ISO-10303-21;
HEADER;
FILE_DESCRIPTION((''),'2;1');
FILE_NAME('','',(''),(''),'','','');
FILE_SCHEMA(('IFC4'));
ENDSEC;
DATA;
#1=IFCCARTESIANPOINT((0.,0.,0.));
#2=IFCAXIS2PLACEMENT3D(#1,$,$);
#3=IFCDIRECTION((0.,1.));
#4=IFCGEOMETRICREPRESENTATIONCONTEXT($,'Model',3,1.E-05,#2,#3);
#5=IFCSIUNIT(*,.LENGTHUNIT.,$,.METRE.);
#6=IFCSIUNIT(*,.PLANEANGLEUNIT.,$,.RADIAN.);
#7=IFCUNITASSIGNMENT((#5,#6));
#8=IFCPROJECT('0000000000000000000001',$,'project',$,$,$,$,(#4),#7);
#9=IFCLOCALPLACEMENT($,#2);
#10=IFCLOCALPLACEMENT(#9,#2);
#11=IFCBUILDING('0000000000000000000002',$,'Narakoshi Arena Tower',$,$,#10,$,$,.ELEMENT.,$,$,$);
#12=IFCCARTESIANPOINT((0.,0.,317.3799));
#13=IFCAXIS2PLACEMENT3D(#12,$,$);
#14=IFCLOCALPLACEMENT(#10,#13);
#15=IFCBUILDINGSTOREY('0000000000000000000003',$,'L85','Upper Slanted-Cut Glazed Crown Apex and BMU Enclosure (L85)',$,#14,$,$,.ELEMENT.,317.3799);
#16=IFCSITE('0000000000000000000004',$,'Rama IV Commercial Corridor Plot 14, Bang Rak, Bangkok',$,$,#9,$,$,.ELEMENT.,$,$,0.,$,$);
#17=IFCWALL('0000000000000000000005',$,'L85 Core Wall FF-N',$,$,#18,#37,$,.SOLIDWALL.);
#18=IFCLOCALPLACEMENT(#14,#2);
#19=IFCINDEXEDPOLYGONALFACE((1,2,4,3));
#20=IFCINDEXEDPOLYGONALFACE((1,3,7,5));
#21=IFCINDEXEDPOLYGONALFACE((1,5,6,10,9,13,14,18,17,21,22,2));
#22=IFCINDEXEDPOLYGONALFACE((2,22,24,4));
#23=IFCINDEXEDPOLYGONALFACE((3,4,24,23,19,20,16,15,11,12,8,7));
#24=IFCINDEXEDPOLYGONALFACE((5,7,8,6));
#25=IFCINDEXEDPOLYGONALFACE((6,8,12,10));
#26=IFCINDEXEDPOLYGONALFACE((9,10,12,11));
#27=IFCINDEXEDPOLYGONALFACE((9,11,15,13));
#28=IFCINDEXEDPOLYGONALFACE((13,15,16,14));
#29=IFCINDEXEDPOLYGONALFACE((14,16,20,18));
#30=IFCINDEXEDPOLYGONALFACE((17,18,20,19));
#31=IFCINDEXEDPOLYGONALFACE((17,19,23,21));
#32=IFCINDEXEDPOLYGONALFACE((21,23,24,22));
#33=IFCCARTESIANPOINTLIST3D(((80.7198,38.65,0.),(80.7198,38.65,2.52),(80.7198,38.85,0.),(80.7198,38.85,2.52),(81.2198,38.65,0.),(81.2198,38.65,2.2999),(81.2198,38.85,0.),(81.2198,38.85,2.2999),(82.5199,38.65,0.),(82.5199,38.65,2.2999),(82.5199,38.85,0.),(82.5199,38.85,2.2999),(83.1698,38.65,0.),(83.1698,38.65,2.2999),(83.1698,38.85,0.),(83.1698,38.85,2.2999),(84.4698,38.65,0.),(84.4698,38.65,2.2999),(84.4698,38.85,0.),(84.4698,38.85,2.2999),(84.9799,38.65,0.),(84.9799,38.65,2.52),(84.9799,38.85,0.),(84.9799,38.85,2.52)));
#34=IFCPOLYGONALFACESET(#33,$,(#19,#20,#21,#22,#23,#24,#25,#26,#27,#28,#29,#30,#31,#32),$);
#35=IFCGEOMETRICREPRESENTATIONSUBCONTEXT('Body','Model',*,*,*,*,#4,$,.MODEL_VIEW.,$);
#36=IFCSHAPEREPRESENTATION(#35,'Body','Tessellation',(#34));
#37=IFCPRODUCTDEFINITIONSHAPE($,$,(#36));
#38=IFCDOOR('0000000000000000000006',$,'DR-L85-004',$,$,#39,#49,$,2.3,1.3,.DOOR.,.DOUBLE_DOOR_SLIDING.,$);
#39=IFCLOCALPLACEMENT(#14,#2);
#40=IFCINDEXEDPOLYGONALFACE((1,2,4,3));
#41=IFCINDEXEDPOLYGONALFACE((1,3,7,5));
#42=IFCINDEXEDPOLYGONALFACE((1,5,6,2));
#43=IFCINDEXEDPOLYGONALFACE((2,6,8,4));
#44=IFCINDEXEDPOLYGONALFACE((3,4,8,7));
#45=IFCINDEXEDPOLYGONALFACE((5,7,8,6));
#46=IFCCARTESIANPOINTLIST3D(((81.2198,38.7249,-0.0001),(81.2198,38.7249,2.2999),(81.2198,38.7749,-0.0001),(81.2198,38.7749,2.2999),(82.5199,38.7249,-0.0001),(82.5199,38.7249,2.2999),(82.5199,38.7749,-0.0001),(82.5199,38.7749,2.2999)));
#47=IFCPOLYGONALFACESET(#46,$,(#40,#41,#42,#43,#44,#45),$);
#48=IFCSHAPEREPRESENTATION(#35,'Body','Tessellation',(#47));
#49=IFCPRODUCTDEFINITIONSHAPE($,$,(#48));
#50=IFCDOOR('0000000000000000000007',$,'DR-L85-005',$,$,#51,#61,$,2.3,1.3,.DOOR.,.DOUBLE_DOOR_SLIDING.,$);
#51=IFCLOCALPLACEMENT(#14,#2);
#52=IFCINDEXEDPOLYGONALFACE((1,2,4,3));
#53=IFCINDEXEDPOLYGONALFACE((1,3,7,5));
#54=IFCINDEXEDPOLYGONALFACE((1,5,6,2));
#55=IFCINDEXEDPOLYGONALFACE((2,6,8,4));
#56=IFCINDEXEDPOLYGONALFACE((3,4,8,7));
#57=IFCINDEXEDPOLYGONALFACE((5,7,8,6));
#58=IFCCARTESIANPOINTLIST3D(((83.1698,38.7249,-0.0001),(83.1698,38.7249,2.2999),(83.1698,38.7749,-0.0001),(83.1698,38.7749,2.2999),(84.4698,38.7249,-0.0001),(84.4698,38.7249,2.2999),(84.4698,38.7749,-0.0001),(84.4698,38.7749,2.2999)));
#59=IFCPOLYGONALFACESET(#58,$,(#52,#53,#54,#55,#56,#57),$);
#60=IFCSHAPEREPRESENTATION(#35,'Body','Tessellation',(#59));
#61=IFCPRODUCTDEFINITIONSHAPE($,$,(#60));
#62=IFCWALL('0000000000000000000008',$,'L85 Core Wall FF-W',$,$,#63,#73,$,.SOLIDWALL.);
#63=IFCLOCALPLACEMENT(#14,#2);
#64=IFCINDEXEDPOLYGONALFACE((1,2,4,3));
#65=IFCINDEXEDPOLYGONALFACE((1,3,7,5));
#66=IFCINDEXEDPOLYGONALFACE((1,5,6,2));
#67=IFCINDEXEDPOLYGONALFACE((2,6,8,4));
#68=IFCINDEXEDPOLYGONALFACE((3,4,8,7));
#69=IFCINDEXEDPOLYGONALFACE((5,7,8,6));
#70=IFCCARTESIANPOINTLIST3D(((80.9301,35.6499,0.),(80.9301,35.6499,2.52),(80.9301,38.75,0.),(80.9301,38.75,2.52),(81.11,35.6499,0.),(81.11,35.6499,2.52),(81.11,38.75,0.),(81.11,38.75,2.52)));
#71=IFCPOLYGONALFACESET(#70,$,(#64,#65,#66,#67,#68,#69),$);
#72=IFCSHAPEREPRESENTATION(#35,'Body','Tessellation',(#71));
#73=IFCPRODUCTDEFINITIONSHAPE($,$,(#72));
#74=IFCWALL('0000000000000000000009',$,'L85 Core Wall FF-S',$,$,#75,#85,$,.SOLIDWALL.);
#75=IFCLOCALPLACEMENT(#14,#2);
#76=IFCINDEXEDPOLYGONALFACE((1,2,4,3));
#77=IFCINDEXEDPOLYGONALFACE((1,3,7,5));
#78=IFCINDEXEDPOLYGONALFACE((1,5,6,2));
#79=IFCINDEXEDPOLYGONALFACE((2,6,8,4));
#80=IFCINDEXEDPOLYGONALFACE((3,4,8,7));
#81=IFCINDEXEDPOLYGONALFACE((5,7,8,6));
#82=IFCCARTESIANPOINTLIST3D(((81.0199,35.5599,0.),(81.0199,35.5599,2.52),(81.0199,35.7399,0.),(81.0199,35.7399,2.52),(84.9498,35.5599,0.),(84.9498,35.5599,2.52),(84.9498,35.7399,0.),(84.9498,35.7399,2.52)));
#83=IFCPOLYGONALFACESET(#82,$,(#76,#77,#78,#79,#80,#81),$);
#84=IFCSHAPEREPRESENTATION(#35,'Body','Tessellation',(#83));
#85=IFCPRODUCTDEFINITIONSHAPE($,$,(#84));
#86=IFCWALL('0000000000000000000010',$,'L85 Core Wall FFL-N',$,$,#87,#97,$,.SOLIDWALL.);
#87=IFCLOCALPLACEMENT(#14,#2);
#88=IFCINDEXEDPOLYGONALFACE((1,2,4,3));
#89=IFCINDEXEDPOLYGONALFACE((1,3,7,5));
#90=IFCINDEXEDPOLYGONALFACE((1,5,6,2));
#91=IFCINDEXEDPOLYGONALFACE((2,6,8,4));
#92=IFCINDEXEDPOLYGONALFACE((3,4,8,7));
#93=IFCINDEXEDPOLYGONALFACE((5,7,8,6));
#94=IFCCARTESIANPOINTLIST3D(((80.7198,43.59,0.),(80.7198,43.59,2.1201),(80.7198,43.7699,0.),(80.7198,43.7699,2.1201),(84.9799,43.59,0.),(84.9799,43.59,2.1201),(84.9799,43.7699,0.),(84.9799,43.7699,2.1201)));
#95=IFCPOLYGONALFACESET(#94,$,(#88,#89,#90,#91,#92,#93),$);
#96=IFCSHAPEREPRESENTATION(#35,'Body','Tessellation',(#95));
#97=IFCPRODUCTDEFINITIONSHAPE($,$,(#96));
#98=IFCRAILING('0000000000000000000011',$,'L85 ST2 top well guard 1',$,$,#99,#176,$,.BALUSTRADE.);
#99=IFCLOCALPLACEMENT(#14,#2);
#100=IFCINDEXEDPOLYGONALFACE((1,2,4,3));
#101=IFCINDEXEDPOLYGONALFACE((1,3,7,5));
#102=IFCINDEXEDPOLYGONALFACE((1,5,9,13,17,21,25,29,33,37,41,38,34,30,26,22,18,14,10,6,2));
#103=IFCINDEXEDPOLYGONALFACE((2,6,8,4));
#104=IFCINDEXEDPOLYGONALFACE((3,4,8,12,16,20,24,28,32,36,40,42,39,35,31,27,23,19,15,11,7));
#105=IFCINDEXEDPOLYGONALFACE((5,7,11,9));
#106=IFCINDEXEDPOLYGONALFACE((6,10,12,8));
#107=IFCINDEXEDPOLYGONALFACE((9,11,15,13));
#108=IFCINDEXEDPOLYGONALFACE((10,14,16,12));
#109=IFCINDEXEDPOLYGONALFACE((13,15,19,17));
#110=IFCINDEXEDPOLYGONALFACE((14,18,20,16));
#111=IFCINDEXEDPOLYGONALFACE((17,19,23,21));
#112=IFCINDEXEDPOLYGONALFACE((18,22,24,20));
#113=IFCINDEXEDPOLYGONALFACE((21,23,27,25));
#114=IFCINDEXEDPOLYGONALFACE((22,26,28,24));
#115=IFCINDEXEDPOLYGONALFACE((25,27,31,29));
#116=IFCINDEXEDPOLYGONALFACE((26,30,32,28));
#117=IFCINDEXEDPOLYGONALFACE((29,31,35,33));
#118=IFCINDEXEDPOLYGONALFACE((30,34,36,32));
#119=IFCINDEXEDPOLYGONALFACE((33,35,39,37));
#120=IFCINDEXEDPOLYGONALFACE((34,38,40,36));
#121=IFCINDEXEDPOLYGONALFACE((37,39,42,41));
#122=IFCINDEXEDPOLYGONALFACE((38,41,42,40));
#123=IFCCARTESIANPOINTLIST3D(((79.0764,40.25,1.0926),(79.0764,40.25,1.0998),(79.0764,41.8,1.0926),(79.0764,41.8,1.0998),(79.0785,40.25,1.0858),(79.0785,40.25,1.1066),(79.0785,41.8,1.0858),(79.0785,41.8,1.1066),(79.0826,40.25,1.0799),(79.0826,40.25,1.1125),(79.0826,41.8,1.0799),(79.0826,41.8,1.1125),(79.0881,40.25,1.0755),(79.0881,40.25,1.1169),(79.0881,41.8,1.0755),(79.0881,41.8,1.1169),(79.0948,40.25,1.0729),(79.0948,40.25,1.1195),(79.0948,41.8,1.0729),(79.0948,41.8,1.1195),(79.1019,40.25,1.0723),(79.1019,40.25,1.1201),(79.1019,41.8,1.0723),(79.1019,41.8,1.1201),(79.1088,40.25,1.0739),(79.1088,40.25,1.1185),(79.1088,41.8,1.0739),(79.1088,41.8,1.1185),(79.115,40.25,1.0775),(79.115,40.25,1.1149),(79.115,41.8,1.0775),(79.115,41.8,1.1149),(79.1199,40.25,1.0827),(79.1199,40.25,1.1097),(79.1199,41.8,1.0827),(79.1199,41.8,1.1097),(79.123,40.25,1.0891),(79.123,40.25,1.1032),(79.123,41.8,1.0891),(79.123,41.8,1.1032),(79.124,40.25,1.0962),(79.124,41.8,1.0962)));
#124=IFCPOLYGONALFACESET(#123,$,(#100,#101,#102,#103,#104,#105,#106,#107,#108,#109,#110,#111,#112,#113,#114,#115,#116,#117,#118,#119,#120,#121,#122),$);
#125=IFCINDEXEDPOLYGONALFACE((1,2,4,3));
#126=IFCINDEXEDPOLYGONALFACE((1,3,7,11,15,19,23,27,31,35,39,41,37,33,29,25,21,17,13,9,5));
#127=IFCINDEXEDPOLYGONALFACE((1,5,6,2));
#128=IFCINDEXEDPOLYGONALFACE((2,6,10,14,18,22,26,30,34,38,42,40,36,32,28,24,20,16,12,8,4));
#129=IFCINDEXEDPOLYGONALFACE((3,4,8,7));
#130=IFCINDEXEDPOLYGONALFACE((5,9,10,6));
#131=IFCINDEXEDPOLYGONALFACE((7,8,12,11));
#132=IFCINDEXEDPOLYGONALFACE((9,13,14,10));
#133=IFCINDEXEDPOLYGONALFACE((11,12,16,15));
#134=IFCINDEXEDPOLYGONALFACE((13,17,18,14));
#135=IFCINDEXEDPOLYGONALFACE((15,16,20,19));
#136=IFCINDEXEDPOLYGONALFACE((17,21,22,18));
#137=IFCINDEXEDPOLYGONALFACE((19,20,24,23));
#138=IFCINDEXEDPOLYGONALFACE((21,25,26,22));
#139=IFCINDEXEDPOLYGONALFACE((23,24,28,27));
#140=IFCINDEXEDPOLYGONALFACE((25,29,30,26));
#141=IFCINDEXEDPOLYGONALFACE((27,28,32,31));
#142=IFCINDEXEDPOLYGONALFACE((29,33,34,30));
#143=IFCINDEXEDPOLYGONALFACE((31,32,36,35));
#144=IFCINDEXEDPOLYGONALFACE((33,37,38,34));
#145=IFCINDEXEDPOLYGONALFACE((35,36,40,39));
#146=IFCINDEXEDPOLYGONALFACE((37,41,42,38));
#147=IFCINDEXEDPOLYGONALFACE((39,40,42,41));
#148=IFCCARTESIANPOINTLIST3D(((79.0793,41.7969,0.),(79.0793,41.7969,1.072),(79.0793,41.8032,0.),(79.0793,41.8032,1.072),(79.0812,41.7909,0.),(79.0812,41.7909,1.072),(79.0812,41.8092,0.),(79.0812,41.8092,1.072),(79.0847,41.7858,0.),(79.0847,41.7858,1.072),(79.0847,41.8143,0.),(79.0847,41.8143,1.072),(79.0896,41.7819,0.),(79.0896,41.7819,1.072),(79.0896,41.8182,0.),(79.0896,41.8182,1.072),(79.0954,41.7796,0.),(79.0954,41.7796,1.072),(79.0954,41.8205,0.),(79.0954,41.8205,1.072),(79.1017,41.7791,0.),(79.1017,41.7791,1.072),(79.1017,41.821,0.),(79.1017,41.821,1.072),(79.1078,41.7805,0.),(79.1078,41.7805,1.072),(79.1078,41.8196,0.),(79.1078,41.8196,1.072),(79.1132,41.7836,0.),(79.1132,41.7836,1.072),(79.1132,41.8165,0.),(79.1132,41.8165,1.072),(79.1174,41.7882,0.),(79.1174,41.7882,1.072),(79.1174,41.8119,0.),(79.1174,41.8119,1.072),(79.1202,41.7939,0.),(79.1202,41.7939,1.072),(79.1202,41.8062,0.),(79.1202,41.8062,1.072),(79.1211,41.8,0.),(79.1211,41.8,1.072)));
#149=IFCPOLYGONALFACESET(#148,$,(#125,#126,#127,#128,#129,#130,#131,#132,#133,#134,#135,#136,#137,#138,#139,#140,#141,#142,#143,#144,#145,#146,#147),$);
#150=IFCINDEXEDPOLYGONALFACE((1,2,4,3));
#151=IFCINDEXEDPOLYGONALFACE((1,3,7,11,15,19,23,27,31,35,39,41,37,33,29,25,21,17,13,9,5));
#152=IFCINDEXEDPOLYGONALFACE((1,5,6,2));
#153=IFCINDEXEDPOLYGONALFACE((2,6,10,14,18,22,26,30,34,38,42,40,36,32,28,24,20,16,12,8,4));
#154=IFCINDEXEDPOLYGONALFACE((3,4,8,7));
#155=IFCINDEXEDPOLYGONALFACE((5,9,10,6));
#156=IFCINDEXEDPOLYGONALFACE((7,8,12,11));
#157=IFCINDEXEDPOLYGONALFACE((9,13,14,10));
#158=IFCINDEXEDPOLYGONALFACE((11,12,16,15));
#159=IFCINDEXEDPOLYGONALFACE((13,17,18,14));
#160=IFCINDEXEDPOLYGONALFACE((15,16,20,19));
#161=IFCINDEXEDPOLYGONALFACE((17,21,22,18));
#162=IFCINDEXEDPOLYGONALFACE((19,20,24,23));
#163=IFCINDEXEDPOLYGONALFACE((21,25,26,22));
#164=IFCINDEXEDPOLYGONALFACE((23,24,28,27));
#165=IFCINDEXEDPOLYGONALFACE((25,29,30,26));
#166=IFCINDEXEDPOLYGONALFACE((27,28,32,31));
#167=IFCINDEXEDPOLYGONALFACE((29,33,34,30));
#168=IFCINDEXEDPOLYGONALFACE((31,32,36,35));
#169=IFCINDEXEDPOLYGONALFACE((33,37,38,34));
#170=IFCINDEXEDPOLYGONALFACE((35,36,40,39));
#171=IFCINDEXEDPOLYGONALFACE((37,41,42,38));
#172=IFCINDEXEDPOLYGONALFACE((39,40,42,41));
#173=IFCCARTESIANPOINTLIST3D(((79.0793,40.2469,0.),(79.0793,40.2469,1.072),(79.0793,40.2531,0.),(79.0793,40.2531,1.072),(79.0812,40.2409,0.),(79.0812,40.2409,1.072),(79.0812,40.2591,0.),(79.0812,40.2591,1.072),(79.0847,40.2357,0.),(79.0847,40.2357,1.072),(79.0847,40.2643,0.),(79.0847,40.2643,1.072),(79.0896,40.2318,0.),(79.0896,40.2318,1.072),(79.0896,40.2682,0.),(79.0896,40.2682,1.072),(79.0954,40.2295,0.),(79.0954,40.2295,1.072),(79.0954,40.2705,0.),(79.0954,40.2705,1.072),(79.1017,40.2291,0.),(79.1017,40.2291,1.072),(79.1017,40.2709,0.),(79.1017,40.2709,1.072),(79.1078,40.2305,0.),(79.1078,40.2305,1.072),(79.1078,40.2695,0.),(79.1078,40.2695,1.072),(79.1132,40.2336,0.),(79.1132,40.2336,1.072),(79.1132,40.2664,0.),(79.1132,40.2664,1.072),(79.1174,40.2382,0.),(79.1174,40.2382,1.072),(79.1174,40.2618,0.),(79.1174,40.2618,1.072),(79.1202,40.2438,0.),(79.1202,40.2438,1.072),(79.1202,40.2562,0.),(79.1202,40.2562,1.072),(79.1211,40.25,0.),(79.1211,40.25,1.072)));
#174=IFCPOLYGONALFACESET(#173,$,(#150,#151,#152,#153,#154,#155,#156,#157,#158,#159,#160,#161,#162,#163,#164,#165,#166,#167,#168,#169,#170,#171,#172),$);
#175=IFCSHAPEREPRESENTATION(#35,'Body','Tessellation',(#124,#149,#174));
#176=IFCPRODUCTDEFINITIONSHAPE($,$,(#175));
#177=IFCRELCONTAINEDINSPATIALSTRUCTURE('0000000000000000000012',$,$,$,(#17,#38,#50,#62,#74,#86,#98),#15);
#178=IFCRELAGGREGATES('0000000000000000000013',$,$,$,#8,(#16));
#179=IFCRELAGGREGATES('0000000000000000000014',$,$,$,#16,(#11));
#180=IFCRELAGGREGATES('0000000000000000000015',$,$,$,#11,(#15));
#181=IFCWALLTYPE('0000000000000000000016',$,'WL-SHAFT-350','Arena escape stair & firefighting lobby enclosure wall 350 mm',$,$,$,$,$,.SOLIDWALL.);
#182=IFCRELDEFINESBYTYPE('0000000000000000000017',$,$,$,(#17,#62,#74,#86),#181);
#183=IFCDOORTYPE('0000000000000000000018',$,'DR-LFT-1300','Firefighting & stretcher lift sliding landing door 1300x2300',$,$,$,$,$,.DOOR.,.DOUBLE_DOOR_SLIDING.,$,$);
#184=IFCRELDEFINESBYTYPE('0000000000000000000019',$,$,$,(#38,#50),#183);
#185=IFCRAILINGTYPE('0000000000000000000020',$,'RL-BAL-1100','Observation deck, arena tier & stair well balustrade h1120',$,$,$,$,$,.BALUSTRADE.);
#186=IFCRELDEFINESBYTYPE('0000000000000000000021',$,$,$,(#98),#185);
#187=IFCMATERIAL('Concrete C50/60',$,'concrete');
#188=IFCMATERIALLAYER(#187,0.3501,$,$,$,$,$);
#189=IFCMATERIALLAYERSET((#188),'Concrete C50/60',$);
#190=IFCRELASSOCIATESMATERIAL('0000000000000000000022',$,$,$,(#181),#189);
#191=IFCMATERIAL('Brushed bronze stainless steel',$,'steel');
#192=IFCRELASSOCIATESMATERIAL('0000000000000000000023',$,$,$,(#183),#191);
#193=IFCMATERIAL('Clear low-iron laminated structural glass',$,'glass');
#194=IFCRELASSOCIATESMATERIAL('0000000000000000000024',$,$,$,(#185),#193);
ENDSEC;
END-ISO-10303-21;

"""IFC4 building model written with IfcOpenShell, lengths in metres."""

from ifc_helpers import new_model, si_unit, direction, frame, frame_2d, origin, origin_2d, place, context, subcontext, project, spatial, rectangle, circle, extrude, material, layer, layer_set, type_object, element, fill, save


model = new_model("IFC4")

# Units and contexts
model_context = context("Model", 3, precision=1e-05, world=origin(), true_north=direction((0.0, 1.0)))
body_context = subcontext(model_context, "Body", "Model", "MODEL_VIEW")
ifc_project = project(units=[si_unit("LENGTHUNIT", "METRE"), si_unit("PLANEANGLEUNIT", "RADIAN")], contexts=[model_context])

# Site, building, storey
site_placement = place(None, origin())
site = spatial("IfcSite", under=ifc_project, at=site_placement, Name="Rama IV Commercial Corridor Plot 14, Bang Rak, Bangkok", CompositionType="ELEMENT", RefElevation=0.0)
building_placement = place(site_placement, origin())
building = spatial("IfcBuilding", under=site, at=building_placement, Name="Narakoshi Arena Tower", CompositionType="ELEMENT")
storey_placement = place(building_placement, frame((0.0, 0.0, 317.3799)))
storey = spatial("IfcBuildingStorey", under=building, at=storey_placement, Name="L85", Description="Upper Slanted-Cut Glazed Crown Apex and BMU Enclosure (L85)", CompositionType="ELEMENT", Elevation=317.3799)

# Shared definitions
ifc_material_1 = material(Name="Clear low-iron laminated structural glass", Category="glass")

# Shared definitions
ifc_material_2 = material(Name="Concrete C50/60", Category="concrete")
ifc_layer_1 = layer(ifc_material_2, 0.3501)
ifc_layer_set_1 = layer_set([ifc_layer_1], Name="Concrete C50/60")
wall_type_1 = type_object("IfcWallType", Name="WL-SHAFT-350", Description="Arena escape stair & firefighting lobby enclosure wall 350 mm", PredefinedType="SOLIDWALL", material=ifc_layer_set_1)

# Wall, openings, doors
wall_1_placement = place(storey_placement, frame((80.72, 38.75, 0.0), z_axis=(0.0, 0.0, 1.0), x_axis=(1.0, 0.0, 0.0)))
wall_1 = element("IfcWall", 1, at=wall_1_placement, inside=storey, type_object=wall_type_1, Name="L85 Core Wall FF-N", PredefinedType="SOLIDWALL", context=body_context, shape_type="SweptSolid", body=[
    extrude(rectangle(XDim=4.26, YDim=0.2, at=frame_2d((2.1299, 0.0))), origin(), (0.0, 0.0, 1.0), 2.52),
])
opening_1_placement = place(wall_1_placement, frame((0.5, 0.0, 0.0)))
opening_1 = element("IfcOpeningElement", 2, at=opening_1_placement, cuts=wall_1, PredefinedType="OPENING", context=body_context, shape_type="SweptSolid", body=[
    extrude(rectangle(XDim=1.3, YDim=2.3, at=frame_2d((0.6499, 1.1499))), frame((0.0, 0.1099, 0.0), z_axis=(0.0, -1.0, 0.0), x_axis=(1.0, 0.0, 0.0)), (0.0, 0.0, 1.0), 0.22),
])
opening_2_placement = place(wall_1_placement, frame((2.45, 0.0, 0.0)))
opening_2 = element("IfcOpeningElement", 3, at=opening_2_placement, cuts=wall_1, PredefinedType="OPENING", context=body_context, shape_type="SweptSolid", body=[
    extrude(rectangle(XDim=1.3, YDim=2.3, at=frame_2d((0.6499, 1.1499))), frame((0.0, 0.1099, 0.0), z_axis=(0.0, -1.0, 0.0), x_axis=(1.0, 0.0, 0.0)), (0.0, 0.0, 1.0), 0.22),
])
ifc_material_3 = material(Name="Brushed bronze stainless steel", Category="steel")
door_type_1 = type_object("IfcDoorType", Name="DR-LFT-1300", Description="Firefighting & stretcher lift sliding landing door 1300x2300", OperationType="DOUBLE_DOOR_SLIDING", PredefinedType="DOOR", material=ifc_material_3)
door_1_placement = place(opening_1_placement, origin())
door_1 = element("IfcDoor", 4, at=door_1_placement, inside=storey, type_object=door_type_1, Name="DR-L85-004", OperationType="DOUBLE_DOOR_SLIDING", OverallHeight=2.3, OverallWidth=1.3, PredefinedType="DOOR", context=body_context, shape_type="SweptSolid", body=[
    extrude(rectangle(XDim=1.3, YDim=2.3, at=frame_2d((0.6499, 1.1499))), frame((0.0, 0.0249, 0.0), z_axis=(0.0, -1.0, 0.0), x_axis=(1.0, 0.0, 0.0)), (0.0, 0.0, 1.0), 0.05),
])
fill(opening_1, door_1)
door_2_placement = place(opening_2_placement, origin())
door_2 = element("IfcDoor", 5, at=door_2_placement, inside=storey, type_object=door_type_1, Name="DR-L85-005", OperationType="DOUBLE_DOOR_SLIDING", OverallHeight=2.3, OverallWidth=1.3, PredefinedType="DOOR", context=body_context, shape_type="SweptSolid", body=[
    extrude(rectangle(XDim=1.3, YDim=2.3, at=frame_2d((0.6499, 1.1499))), frame((0.0, 0.0249, 0.0), z_axis=(0.0, -1.0, 0.0), x_axis=(1.0, 0.0, 0.0)), (0.0, 0.0, 1.0), 0.05),
])
fill(opening_2, door_2)

# Walls
wall_2_placement = place(storey_placement, frame((81.02, 35.6499, 0.0), z_axis=(0.0, 0.0, 1.0), x_axis=(0.0, 1.0, 0.0)))
element("IfcWall", 6, at=wall_2_placement, inside=storey, type_object=wall_type_1, Name="L85 Core Wall FF-W", PredefinedType="SOLIDWALL", context=body_context, shape_type="SweptSolid", body=[
    extrude(rectangle(XDim=3.1001, YDim=0.1799, at=frame_2d((1.55, 0.0))), origin(), (0.0, 0.0, 1.0), 2.52),
])
wall_3_placement = place(storey_placement, frame((81.02, 35.6499, 0.0), z_axis=(0.0, 0.0, 1.0), x_axis=(1.0, 0.0, 0.0)))
element("IfcWall", 7, at=wall_3_placement, inside=storey, type_object=wall_type_1, Name="L85 Core Wall FF-S", PredefinedType="SOLIDWALL", context=body_context, shape_type="SweptSolid", body=[
    extrude(rectangle(XDim=3.9299, YDim=0.1799, at=frame_2d((1.9648, 0.0))), origin(), (0.0, 0.0, 1.0), 2.52),
])
wall_4_placement = place(storey_placement, frame((80.72, 43.6799, 0.0), z_axis=(0.0, 0.0, 1.0), x_axis=(1.0, 0.0, 0.0)))
element("IfcWall", 8, at=wall_4_placement, inside=storey, type_object=wall_type_1, Name="L85 Core Wall FFL-N", PredefinedType="SOLIDWALL", context=body_context, shape_type="SweptSolid", body=[
    extrude(rectangle(XDim=4.26, YDim=0.1799, at=frame_2d((2.1299, 0.0))), origin(), (0.0, 0.0, 1.0), 2.1201),
])

# Railing
railing_type = type_object("IfcRailingType", Name="RL-BAL-1100", Description="Observation deck, arena tier & stair well balustrade h1120", PredefinedType="BALUSTRADE", material=ifc_material_1)
railing_placement = place(storey_placement, frame((79.1001, 41.8, 0.0)))
element("IfcRailing", 9, at=railing_placement, inside=storey, type_object=railing_type, Name="L85 ST2 top well guard 1", PredefinedType="BALUSTRADE", context=body_context, shape_type="SweptSolid", body=[
    extrude(circle(Radius=0.0239, at=origin_2d()), frame((0.0, 0.0, 1.0962), z_axis=(0.0, -1.0, 0.0), x_axis=(1.0, 0.0, 0.0)), (0.0, 0.0, 1.0), 1.55),
    extrude(circle(Radius=0.021, at=origin_2d()), origin(), (0.0, 0.0, 1.0), 1.072),
    extrude(circle(Radius=0.021, at=origin_2d()), frame((0.0, -1.55, 0.0)), (0.0, 0.0, 1.0), 1.072),
])

save(model, "model.ifc")
